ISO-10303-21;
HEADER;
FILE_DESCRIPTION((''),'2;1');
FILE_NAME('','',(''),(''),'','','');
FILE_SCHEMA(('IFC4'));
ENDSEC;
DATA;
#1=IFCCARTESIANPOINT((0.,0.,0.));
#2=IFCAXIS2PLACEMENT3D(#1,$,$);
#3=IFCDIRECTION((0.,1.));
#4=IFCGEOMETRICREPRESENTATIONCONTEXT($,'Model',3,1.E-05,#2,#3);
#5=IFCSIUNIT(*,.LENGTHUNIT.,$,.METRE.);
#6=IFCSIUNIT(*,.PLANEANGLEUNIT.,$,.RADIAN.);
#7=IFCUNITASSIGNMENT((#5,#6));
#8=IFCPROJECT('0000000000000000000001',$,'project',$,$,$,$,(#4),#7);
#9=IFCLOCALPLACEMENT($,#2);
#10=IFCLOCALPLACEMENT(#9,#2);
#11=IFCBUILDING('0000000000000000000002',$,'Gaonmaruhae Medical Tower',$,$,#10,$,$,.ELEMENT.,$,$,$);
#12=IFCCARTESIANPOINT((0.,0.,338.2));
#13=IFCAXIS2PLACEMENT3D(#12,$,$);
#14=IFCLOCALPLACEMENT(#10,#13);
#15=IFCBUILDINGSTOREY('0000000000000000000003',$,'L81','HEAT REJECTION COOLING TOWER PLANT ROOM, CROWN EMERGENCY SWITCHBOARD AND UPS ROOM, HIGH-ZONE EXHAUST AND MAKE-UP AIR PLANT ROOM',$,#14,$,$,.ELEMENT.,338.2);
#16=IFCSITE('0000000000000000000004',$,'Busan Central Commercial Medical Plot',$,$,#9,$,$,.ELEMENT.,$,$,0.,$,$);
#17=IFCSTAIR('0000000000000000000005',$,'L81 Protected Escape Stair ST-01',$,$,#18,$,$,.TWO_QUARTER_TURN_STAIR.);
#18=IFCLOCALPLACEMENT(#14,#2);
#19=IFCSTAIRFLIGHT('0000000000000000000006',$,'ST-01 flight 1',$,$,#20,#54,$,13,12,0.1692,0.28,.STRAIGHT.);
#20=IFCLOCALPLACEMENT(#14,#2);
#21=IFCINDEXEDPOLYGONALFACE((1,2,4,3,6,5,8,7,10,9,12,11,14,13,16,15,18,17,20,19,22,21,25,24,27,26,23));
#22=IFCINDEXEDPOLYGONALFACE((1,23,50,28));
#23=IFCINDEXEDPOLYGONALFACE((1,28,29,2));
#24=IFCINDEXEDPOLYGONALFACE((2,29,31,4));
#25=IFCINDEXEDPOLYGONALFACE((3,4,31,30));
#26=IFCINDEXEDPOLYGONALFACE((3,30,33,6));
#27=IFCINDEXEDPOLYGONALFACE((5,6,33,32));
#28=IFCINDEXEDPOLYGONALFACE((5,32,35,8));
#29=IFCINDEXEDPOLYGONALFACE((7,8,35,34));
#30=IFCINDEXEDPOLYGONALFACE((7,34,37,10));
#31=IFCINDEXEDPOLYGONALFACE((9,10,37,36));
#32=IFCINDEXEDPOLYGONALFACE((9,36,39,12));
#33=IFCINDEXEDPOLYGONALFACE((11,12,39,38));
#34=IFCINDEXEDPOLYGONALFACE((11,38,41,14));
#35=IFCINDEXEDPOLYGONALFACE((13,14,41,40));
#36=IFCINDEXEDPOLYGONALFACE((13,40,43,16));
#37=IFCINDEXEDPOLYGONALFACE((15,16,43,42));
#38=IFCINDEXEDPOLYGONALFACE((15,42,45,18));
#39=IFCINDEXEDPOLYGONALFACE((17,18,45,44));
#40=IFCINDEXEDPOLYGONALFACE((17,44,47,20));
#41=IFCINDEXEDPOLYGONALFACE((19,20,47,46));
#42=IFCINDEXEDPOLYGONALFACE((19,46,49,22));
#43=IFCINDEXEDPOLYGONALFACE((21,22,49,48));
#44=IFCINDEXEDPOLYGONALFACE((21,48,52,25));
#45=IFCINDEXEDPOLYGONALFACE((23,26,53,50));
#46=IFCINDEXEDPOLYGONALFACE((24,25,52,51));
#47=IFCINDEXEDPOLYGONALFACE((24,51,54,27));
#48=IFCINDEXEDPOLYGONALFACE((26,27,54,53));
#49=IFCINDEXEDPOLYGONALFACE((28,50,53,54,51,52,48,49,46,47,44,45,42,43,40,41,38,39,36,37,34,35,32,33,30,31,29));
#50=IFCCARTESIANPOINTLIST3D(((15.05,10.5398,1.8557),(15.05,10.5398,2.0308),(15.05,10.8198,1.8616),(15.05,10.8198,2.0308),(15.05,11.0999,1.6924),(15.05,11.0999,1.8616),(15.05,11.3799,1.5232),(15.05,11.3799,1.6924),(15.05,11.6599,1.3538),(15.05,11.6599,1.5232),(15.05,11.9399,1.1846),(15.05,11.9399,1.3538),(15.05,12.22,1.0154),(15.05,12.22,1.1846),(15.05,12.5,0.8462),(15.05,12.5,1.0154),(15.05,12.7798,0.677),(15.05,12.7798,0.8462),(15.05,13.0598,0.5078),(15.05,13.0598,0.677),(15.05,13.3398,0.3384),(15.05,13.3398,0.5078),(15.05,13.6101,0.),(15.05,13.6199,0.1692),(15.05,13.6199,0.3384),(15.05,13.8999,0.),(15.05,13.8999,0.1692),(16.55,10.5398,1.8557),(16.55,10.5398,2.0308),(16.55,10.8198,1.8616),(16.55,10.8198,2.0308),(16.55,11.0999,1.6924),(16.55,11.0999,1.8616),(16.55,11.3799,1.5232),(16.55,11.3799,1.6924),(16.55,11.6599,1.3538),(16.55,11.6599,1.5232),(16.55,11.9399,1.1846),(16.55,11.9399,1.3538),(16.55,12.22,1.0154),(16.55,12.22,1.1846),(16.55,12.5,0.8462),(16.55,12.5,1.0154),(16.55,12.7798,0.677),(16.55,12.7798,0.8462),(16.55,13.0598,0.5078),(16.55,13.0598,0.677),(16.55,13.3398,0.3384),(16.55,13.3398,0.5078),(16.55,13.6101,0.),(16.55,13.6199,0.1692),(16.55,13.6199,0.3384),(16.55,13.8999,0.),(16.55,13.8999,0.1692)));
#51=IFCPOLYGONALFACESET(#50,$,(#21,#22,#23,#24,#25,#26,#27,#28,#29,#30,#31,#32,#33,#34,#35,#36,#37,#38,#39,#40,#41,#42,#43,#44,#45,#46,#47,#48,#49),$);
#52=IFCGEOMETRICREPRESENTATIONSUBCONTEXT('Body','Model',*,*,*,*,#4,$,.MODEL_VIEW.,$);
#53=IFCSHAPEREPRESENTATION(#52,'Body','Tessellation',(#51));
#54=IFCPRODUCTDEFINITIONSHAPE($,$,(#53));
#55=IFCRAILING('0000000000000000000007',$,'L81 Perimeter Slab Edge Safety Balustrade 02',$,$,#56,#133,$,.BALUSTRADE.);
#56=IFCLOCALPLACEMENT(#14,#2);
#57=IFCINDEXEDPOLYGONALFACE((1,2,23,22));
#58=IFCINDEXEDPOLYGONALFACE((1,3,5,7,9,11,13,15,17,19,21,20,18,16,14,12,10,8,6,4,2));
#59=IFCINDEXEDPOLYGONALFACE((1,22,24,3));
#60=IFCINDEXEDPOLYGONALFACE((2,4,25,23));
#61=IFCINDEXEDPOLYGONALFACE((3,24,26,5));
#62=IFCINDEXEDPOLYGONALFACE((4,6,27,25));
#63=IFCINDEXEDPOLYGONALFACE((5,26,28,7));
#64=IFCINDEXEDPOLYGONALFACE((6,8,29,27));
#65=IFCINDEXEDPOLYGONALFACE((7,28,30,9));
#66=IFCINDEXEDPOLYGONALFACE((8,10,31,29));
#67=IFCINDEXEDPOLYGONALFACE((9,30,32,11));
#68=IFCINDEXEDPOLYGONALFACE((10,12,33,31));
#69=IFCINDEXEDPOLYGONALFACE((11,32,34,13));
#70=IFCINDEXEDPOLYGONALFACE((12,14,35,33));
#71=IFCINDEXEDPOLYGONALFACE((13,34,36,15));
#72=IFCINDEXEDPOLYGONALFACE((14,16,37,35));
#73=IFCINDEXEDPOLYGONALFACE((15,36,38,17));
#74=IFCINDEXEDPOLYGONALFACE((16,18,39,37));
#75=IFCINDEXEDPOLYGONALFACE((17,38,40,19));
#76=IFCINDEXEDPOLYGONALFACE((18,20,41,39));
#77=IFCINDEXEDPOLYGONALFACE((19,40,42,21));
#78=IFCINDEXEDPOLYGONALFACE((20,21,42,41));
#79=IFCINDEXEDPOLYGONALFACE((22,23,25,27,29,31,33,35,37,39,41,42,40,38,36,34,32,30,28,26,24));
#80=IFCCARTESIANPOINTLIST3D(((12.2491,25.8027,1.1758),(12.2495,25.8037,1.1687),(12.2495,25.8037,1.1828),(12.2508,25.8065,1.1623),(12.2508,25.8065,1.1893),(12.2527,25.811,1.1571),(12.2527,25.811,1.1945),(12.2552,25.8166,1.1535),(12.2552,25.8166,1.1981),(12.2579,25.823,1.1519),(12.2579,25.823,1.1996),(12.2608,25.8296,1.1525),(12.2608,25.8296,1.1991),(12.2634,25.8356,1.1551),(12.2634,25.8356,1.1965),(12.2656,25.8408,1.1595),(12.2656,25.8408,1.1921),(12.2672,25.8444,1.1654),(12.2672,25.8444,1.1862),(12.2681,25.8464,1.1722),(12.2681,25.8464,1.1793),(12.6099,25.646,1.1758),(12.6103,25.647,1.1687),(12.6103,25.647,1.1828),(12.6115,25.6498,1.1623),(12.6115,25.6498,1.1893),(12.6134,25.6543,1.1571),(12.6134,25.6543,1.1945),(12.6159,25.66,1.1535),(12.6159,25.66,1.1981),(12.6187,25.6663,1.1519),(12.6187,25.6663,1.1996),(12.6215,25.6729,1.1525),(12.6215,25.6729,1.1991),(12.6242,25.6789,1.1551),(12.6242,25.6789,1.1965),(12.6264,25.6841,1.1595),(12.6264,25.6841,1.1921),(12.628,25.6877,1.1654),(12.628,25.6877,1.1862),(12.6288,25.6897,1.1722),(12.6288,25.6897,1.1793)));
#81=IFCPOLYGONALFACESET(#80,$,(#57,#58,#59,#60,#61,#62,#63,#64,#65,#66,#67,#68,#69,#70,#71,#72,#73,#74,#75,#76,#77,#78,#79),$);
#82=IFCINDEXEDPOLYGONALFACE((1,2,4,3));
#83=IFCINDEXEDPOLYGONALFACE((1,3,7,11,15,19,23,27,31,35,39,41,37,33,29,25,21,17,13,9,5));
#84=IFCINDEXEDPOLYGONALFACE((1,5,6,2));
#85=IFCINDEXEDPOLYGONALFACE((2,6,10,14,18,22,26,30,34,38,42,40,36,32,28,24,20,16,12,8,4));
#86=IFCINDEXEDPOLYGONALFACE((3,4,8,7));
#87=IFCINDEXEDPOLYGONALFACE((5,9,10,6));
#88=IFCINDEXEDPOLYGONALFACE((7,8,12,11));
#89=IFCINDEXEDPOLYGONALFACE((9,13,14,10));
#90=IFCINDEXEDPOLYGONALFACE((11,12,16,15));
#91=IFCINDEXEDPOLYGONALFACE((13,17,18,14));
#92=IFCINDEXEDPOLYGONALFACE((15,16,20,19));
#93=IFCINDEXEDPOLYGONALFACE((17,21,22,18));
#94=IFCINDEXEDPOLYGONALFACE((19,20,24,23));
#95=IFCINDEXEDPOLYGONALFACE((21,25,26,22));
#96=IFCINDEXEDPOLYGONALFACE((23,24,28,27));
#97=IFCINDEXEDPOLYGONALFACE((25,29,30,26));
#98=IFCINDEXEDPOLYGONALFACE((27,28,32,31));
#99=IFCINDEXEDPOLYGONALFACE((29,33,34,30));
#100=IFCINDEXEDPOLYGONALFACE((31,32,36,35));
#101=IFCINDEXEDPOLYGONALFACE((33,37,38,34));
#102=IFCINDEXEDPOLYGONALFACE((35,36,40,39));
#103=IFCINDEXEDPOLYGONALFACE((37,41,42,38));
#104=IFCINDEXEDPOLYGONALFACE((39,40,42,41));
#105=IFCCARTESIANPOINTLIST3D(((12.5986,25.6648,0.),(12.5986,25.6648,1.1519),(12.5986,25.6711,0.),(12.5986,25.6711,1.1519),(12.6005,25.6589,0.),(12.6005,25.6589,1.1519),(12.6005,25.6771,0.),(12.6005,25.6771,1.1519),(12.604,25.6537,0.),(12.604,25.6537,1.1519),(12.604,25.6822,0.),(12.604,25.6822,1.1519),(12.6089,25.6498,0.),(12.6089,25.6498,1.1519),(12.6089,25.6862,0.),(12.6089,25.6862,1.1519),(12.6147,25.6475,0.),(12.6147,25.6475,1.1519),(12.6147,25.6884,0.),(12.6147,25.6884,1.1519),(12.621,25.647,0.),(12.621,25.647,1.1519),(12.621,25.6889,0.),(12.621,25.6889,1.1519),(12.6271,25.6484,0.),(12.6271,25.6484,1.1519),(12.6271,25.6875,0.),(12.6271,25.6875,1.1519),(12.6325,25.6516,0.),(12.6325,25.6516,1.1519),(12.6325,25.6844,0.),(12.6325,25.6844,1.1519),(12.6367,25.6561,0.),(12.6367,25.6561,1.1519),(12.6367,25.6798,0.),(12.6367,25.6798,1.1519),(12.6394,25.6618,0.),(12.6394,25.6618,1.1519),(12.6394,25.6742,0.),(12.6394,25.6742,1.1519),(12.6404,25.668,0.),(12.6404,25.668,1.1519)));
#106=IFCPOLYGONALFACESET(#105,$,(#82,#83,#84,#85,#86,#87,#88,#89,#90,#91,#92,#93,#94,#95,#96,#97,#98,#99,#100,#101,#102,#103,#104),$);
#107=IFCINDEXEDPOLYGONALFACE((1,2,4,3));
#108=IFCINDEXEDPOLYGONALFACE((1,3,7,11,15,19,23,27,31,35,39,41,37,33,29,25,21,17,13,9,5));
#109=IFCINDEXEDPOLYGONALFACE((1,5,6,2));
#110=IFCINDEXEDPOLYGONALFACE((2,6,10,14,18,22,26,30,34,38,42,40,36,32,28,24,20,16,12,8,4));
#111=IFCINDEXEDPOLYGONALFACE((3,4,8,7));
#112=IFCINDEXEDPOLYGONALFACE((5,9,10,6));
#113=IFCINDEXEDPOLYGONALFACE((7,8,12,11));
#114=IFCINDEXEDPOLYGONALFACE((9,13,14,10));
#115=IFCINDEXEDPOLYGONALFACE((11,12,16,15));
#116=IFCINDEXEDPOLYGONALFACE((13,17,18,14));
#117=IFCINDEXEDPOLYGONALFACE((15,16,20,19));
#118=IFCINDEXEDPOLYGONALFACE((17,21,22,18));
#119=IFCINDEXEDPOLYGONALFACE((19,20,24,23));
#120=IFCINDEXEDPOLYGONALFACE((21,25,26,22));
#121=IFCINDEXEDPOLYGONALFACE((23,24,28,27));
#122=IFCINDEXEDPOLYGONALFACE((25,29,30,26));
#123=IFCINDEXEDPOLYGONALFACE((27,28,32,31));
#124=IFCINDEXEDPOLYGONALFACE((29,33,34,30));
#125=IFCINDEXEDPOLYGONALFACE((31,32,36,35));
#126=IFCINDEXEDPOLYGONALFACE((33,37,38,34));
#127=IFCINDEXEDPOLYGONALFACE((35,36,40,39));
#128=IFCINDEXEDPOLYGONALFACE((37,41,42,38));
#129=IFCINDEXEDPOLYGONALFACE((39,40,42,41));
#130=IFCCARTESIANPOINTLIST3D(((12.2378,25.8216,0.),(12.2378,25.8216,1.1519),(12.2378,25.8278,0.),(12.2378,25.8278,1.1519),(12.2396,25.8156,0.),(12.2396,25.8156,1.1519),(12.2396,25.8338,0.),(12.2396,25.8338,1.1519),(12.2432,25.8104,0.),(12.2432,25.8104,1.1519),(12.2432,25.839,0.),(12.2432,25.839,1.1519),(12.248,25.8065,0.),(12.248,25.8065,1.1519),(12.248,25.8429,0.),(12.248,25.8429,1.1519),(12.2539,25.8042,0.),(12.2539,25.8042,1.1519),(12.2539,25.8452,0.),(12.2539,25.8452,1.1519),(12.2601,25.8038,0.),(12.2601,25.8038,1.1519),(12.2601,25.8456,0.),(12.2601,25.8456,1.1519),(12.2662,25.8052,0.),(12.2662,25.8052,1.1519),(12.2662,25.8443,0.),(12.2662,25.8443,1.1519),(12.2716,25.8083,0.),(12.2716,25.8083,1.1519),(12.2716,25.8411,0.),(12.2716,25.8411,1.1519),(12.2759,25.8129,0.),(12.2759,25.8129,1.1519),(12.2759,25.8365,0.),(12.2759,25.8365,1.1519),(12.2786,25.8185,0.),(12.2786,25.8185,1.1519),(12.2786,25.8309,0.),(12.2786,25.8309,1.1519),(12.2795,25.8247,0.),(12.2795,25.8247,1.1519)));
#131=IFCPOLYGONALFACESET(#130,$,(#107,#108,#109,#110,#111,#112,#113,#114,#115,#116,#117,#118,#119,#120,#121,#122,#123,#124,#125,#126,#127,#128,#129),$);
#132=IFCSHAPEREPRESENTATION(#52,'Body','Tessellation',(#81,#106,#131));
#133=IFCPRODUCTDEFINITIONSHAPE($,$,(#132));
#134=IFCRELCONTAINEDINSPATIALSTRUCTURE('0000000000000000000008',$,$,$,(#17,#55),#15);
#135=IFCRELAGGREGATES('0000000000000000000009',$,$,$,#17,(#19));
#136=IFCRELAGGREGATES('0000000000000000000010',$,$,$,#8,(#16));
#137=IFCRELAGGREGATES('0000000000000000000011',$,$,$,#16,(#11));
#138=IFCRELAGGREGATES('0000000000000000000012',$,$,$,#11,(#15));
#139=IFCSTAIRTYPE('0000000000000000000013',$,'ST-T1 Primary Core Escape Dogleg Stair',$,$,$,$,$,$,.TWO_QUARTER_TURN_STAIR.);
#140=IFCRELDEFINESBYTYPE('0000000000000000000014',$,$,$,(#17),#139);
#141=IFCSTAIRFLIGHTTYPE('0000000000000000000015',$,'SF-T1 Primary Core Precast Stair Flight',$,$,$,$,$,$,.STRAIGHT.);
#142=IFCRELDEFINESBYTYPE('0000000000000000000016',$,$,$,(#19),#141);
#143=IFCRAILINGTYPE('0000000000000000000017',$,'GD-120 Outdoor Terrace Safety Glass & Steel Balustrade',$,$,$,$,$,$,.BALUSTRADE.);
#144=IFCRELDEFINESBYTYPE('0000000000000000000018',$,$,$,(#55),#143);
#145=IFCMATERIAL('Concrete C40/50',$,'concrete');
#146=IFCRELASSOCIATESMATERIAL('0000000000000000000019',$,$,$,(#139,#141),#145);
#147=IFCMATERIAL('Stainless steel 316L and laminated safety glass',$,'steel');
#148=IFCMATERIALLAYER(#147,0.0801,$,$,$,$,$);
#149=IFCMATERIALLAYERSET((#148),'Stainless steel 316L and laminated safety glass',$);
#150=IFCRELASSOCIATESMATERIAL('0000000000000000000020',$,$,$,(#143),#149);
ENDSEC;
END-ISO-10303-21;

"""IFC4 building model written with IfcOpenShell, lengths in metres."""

from ifc_helpers import new_model, si_unit, direction, frame, origin, origin_2d, place, context, subcontext, project, spatial, polyline, circle, outline, extrude, material, layer, layer_set, type_object, element, aggregate, save


model = new_model("IFC4")

# Units and contexts
model_context = context("Model", 3, precision=1e-05, world=origin(), true_north=direction((0.0, 1.0)))
body_context = subcontext(model_context, "Body", "Model", "MODEL_VIEW")
ifc_project = project(units=[si_unit("LENGTHUNIT", "METRE"), si_unit("PLANEANGLEUNIT", "RADIAN")], contexts=[model_context])

# Site, building, storey
site_placement = place(None, origin())
site = spatial("IfcSite", under=ifc_project, at=site_placement, Name="Busan Central Commercial Medical Plot", CompositionType="ELEMENT", RefElevation=0.0)
building_placement = place(site_placement, origin())
building = spatial("IfcBuilding", under=site, at=building_placement, Name="Gaonmaruhae Medical Tower", CompositionType="ELEMENT")
storey_placement = place(building_placement, frame((0.0, 0.0, 338.2)))
storey = spatial("IfcBuildingStorey", under=building, at=storey_placement, Name="L81", Description="HEAT REJECTION COOLING TOWER PLANT ROOM, CROWN EMERGENCY SWITCHBOARD AND UPS ROOM, HIGH-ZONE EXHAUST AND MAKE-UP AIR PLANT ROOM", CompositionType="ELEMENT", Elevation=338.2)

# Stair, stair flight
ifc_material_1 = material(Name="Concrete C40/50", Category="concrete")
stair_type = type_object("IfcStairType", Name="ST-T1 Primary Core Escape Dogleg Stair", PredefinedType="TWO_QUARTER_TURN_STAIR", material=ifc_material_1)
stair_placement = place(storey_placement, origin())
stair = element("IfcStair", 1, at=stair_placement, inside=storey, type_object=stair_type, Name="L81 Protected Escape Stair ST-01", PredefinedType="TWO_QUARTER_TURN_STAIR")
stair_flight_type = type_object("IfcStairFlightType", Name="SF-T1 Primary Core Precast Stair Flight", PredefinedType="STRAIGHT", material=ifc_material_1)
stair_flight_placement = place(storey_placement, frame((15.8, 13.8999, 0.0), z_axis=(0.0, 0.0, 1.0), x_axis=(0.0, -1.0, 0.0)))
stair_flight = element("IfcStairFlight", 2, at=stair_flight_placement, type_object=stair_flight_type, Name="ST-01 flight 1", NumberOfRisers=13, NumberOfTreads=12, PredefinedType="STRAIGHT", RiserHeight=0.1692, TreadLength=0.28, context=body_context, shape_type="SweptSolid", body=[
    extrude(outline(polyline([(0.0, 0.0), (0.0, 0.1692), (0.28, 0.1692), (0.28, 0.3384), (0.5601, 0.3384), (0.5601, 0.5078), (0.8401, 0.5078), (0.8401, 0.677), (1.1201, 0.677), (1.1201, 0.8462), (1.3999, 0.8462), (1.3999, 1.0154), (1.6799, 1.0154), (1.6799, 1.1846), (1.96, 1.1846), (1.96, 1.3538), (2.24, 1.3538), (2.24, 1.5232), (2.52, 1.5232), (2.52, 1.6924), (2.8, 1.6924), (2.8, 1.8616), (3.0801, 1.8616), (3.0801, 2.0308), (3.3601, 2.0308), (3.3601, 2.2), (3.3601, 1.8557), (0.2898, 0.0), (0.0, 0.0)])), frame((0.0, 0.75, 0.0), z_axis=(0.0, -1.0, 0.0), x_axis=(1.0, 0.0, 0.0)), (0.0, 0.0, 1.0), 1.5),
])
aggregate(stair, [stair_flight])

# Railing
ifc_material_2 = material(Name="Stainless steel 316L and laminated safety glass", Category="steel")
ifc_layer_1 = layer(ifc_material_2, 0.0801)
ifc_layer_set_1 = layer_set([ifc_layer_1], Name="Stainless steel 316L and laminated safety glass")
railing_type_1 = type_object("IfcRailingType", Name="GD-120 Outdoor Terrace Safety Glass & Steel Balustrade", PredefinedType="BALUSTRADE", material=ifc_layer_set_1)
railing_1_placement = place(storey_placement, frame((12.6194, 25.668, 0.0)))
element("IfcRailing", 3, at=railing_1_placement, inside=storey, type_object=railing_type_1, Name="L81 Perimeter Slab Edge Safety Balustrade 02", PredefinedType="BALUSTRADE", context=body_context, shape_type="SweptSolid", body=[
    extrude(circle(Radius=0.0239, at=origin_2d()), frame((0.0, 0.0, 1.1758), z_axis=(-0.917208, 0.398408, 0.0), x_axis=(-0.398408, -0.917208, 0.0)), (0.0, 0.0, 1.0), 0.3933),
    extrude(circle(Radius=0.021, at=origin_2d()), origin(), (0.0, 0.0, 1.0), 1.1519),
    extrude(circle(Radius=0.021, at=origin_2d()), frame((-0.3608, 0.1567, 0.0)), (0.0, 0.0, 1.0), 1.1519),
])

save(model, "model.ifc")
